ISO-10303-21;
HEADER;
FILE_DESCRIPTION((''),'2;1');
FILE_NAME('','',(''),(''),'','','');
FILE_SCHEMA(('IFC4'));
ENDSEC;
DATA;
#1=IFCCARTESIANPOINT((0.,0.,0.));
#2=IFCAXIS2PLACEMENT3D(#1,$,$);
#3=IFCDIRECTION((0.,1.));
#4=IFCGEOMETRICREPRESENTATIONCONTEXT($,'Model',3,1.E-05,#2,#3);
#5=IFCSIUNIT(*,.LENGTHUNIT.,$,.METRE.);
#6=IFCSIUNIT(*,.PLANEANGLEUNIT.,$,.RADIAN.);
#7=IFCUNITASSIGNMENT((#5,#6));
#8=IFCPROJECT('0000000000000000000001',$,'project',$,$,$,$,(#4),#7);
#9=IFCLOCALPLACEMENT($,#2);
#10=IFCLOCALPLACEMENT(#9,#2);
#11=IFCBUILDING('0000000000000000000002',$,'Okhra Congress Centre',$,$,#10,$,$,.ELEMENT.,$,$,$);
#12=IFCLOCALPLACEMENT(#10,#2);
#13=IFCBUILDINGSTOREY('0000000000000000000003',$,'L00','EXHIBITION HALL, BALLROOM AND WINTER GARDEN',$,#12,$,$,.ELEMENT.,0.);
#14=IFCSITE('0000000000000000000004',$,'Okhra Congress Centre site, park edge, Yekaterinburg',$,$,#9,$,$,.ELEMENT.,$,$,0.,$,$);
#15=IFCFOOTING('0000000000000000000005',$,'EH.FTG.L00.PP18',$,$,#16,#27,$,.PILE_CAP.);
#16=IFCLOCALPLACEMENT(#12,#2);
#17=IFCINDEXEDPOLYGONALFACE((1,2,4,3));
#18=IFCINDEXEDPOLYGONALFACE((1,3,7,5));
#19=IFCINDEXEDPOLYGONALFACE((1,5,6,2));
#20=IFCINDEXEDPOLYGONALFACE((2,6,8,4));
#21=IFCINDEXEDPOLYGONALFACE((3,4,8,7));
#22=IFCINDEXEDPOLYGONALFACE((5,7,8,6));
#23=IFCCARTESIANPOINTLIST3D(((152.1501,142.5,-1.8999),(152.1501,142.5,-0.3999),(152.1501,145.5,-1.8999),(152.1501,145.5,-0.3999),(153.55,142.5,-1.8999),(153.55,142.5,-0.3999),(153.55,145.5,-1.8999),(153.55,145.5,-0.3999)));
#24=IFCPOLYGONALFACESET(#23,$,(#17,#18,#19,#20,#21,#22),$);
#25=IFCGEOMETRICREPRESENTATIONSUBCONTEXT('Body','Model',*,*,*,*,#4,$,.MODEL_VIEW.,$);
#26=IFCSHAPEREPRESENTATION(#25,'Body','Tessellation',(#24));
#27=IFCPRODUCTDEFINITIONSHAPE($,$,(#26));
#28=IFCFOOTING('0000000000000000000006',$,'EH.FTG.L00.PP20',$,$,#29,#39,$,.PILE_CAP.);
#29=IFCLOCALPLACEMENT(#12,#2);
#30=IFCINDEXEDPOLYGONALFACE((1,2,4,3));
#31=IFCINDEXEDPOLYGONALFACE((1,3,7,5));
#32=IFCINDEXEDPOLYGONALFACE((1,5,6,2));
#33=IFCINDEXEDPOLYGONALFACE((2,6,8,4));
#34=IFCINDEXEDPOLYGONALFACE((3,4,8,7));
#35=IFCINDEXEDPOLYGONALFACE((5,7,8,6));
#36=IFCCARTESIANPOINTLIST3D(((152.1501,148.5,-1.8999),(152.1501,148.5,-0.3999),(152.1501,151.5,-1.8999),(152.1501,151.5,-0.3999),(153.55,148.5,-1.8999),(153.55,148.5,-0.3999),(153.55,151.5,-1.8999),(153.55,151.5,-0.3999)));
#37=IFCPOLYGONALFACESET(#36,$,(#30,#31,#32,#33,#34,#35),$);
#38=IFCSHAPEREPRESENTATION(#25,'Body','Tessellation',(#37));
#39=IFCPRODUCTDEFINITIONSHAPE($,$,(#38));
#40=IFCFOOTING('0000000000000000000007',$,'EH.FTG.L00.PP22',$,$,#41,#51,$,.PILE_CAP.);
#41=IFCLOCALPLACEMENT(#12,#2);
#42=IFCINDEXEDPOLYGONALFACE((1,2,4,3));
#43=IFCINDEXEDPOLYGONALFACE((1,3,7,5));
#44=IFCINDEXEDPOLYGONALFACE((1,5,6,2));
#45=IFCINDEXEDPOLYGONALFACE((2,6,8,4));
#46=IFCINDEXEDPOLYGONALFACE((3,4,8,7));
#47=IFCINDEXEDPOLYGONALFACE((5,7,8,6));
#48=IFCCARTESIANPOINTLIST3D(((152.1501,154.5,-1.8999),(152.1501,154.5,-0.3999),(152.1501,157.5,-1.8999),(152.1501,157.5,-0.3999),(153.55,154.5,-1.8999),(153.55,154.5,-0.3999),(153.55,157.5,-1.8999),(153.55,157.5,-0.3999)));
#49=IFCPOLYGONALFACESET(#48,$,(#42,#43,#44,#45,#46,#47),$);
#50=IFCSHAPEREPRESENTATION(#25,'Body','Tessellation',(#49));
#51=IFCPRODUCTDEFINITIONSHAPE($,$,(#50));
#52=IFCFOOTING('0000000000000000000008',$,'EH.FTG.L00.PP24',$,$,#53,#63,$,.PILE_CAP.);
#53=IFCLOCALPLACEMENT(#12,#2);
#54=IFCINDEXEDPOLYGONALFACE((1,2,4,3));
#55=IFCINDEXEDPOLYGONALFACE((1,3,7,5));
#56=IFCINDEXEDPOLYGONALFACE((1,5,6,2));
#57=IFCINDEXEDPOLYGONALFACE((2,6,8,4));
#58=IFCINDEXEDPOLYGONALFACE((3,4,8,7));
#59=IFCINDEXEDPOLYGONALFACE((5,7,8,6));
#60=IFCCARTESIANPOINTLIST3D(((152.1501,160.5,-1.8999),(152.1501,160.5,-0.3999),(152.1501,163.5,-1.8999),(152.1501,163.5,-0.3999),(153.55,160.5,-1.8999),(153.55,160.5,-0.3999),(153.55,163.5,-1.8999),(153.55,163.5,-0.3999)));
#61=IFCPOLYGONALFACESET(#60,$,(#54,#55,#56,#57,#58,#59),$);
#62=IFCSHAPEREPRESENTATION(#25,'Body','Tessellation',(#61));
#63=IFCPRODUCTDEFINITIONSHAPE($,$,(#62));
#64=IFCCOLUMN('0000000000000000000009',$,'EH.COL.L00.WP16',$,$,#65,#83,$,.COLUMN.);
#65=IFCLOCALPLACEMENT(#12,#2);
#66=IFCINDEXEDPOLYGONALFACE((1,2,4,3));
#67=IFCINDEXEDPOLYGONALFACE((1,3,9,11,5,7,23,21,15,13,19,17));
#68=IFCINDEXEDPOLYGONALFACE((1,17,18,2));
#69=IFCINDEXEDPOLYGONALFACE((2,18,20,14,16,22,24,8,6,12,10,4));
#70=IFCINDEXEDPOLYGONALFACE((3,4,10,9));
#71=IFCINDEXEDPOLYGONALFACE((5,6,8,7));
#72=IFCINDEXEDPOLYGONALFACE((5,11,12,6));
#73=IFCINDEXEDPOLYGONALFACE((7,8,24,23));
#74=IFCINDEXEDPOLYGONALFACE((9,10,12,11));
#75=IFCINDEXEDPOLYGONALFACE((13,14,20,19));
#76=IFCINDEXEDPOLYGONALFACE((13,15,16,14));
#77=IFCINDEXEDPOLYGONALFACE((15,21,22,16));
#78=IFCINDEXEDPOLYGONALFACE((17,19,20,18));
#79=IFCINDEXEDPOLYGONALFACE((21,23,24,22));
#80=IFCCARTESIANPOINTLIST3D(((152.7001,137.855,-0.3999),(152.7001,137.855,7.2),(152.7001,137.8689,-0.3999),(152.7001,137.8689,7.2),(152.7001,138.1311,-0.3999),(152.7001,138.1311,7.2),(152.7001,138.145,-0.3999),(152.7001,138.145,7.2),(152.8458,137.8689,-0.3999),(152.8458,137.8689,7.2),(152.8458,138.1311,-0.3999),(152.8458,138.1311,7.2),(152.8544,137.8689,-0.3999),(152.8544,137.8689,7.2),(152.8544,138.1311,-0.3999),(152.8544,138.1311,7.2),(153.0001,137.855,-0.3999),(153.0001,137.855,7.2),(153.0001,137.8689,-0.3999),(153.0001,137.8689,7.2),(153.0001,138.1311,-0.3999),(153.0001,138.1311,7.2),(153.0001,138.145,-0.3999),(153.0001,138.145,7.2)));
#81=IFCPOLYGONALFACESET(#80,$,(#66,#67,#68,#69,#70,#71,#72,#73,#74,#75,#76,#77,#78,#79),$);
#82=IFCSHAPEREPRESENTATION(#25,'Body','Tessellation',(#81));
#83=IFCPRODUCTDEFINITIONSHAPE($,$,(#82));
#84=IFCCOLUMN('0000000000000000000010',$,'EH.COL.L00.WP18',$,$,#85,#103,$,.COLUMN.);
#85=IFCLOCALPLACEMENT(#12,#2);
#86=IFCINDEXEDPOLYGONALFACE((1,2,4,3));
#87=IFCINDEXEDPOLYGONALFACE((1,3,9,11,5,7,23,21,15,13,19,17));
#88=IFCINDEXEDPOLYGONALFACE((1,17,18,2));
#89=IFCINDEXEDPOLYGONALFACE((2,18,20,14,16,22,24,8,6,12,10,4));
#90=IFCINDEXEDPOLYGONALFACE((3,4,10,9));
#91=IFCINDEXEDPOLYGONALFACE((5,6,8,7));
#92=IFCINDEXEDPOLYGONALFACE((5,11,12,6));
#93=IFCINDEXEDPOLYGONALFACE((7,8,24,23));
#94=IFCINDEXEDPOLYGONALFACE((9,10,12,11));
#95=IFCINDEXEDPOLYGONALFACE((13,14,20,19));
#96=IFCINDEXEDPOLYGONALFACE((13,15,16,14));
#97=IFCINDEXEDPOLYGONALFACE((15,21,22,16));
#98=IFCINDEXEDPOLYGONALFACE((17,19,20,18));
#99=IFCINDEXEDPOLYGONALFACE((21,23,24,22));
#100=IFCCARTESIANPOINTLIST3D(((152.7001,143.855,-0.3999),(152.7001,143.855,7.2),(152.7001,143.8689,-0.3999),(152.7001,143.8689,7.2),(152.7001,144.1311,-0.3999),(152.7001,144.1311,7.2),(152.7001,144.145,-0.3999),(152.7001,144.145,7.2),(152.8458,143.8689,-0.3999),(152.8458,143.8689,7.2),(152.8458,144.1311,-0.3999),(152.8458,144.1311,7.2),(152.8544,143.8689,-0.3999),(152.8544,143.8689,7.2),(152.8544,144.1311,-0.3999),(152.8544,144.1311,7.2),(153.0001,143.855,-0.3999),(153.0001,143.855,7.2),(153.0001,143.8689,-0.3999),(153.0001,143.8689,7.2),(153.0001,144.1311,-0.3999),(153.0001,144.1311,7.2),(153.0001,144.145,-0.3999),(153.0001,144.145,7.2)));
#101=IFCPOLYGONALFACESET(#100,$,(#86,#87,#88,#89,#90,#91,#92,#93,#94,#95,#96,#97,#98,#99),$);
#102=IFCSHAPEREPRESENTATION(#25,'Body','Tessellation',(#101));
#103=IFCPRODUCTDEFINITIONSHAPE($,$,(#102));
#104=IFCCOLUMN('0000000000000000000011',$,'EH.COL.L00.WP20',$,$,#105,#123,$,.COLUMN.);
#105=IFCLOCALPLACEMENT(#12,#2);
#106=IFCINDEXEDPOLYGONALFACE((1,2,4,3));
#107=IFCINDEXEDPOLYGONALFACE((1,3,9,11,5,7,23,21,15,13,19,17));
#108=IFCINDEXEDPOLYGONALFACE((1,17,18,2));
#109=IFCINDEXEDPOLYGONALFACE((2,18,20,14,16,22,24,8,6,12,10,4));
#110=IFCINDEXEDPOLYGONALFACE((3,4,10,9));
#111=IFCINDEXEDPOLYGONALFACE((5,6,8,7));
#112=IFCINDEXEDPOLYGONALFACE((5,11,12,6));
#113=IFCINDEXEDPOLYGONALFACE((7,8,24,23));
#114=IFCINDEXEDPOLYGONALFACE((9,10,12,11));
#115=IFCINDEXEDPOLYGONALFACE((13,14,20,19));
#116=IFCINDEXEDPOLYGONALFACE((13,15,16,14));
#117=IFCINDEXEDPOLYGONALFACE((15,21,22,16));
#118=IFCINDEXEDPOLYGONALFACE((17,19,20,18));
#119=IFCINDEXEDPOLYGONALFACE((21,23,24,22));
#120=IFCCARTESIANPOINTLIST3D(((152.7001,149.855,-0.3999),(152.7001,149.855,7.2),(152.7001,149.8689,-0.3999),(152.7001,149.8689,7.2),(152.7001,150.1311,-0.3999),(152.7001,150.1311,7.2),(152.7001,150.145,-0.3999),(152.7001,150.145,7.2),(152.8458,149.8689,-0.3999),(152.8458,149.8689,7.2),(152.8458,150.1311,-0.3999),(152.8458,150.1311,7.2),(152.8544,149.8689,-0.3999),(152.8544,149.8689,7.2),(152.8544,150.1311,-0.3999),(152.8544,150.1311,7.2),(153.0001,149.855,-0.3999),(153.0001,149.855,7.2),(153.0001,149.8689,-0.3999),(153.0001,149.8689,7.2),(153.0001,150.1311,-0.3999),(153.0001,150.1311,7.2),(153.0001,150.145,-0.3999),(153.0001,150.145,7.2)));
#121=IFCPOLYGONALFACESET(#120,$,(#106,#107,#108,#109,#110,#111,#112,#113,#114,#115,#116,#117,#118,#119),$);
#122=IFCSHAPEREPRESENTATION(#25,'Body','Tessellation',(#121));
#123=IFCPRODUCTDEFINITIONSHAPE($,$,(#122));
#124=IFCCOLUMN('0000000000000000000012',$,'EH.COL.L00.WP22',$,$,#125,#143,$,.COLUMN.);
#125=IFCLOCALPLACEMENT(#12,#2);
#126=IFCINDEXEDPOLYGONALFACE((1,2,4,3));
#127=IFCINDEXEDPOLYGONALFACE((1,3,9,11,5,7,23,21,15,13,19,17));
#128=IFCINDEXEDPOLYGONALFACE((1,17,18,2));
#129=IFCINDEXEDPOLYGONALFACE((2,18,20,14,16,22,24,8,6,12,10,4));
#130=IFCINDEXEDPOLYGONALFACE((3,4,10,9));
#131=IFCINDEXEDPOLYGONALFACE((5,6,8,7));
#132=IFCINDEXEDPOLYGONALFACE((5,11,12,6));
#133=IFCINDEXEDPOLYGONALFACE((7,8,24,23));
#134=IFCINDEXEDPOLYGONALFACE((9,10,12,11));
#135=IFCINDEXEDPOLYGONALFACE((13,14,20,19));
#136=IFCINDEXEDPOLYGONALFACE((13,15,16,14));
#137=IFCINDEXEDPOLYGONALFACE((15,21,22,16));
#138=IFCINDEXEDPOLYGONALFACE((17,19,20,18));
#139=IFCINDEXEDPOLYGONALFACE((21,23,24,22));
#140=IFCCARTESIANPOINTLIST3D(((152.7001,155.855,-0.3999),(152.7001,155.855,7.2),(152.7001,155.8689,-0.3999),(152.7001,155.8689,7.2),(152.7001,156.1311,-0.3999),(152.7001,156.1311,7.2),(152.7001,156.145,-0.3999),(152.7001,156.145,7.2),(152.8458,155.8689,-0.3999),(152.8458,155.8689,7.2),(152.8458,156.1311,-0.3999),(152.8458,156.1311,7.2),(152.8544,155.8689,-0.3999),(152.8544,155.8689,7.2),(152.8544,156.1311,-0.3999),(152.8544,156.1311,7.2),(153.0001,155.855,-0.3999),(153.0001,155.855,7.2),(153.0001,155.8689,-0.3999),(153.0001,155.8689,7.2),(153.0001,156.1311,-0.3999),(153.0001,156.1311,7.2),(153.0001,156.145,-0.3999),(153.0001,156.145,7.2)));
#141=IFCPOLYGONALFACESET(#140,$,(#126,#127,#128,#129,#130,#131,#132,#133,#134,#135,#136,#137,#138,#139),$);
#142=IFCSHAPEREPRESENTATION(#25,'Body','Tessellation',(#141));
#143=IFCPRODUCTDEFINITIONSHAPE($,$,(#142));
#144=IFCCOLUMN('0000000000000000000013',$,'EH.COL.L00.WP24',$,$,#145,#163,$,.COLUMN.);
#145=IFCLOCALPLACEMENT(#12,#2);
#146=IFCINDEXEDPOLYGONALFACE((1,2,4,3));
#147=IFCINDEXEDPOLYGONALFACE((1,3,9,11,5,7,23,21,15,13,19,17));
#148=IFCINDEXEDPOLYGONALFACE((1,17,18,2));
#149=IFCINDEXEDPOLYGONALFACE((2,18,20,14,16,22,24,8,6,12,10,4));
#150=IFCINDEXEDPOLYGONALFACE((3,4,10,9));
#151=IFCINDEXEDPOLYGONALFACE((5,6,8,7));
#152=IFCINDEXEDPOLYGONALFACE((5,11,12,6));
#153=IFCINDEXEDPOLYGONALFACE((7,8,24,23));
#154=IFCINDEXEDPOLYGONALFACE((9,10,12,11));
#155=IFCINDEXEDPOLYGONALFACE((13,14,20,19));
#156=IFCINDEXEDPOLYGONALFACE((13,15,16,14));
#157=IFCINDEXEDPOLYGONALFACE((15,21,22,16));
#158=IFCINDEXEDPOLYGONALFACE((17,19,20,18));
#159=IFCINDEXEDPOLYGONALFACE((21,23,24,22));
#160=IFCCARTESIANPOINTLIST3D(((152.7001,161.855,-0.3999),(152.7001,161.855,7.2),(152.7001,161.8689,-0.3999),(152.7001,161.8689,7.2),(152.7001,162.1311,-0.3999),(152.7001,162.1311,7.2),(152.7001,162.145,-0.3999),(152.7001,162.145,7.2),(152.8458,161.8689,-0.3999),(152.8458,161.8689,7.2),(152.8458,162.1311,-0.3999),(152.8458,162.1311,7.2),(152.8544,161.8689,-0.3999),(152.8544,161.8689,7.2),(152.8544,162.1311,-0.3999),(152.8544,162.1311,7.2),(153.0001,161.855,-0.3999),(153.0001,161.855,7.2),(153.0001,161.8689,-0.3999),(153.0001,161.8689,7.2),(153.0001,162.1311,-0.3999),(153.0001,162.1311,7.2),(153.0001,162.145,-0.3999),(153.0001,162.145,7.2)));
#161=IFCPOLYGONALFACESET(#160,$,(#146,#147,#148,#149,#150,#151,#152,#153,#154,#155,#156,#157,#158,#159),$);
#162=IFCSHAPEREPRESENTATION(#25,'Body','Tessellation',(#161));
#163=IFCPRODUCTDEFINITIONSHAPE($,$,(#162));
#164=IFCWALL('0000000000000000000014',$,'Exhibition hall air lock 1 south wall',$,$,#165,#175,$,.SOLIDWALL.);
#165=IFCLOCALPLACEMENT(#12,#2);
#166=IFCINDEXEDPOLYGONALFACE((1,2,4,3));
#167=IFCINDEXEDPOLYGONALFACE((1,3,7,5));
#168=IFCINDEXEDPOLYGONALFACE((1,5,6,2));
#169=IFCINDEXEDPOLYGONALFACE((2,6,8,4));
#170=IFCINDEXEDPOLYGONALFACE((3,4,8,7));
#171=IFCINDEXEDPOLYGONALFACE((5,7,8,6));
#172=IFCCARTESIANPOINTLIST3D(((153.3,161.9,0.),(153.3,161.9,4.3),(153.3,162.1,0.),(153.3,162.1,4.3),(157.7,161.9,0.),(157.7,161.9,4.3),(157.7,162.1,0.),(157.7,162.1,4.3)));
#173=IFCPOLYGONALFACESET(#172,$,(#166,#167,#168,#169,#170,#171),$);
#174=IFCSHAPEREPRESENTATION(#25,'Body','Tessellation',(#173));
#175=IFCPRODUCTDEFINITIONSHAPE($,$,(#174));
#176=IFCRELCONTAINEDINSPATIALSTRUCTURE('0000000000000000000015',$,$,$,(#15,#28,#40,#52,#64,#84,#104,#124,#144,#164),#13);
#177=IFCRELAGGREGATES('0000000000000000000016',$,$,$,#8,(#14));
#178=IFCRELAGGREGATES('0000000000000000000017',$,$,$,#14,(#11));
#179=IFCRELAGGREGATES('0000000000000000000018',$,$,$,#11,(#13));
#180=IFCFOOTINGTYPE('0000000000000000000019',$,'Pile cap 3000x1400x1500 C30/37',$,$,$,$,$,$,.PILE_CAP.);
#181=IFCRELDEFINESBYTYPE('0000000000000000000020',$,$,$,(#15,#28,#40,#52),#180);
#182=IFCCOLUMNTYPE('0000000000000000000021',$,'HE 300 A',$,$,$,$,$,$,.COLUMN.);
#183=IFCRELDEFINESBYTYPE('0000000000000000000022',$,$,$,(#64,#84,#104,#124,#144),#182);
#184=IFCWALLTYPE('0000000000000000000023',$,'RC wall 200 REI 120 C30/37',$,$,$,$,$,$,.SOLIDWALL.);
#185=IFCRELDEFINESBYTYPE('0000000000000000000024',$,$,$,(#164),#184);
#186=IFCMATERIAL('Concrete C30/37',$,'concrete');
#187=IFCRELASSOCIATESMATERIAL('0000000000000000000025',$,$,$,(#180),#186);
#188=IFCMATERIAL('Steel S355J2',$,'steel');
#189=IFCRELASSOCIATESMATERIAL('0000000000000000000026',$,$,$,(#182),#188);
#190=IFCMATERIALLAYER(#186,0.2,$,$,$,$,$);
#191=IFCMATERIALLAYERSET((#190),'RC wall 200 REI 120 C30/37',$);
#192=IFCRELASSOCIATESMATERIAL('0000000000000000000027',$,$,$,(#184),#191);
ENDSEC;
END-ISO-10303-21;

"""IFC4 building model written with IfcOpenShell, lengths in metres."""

from ifc_helpers import new_model, si_unit, direction, frame, frame_2d, origin, origin_2d, place, context, subcontext, project, spatial, rectangle, i_section, extrude, material, layer, layer_set, material_profile, profile_set, type_object, element, save


model = new_model("IFC4")

# Units and contexts
model_context = context("Model", 3, precision=1e-05, world=origin(), true_north=direction((0.0, 1.0)))
body_context = subcontext(model_context, "Body", "Model", "MODEL_VIEW")
ifc_project = project(units=[si_unit("LENGTHUNIT", "METRE"), si_unit("PLANEANGLEUNIT", "RADIAN")], contexts=[model_context])

# Site, building, storey
site_placement = place(None, origin())
site = spatial("IfcSite", under=ifc_project, at=site_placement, Name="Okhra Congress Centre site, park edge, Yekaterinburg", CompositionType="ELEMENT", RefElevation=0.0)
building_placement = place(site_placement, origin())
building = spatial("IfcBuilding", under=site, at=building_placement, Name="Okhra Congress Centre", CompositionType="ELEMENT")
storey_placement = place(building_placement, origin())
storey = spatial("IfcBuildingStorey", under=building, at=storey_placement, Name="L00", Description="EXHIBITION HALL, BALLROOM AND WINTER GARDEN", CompositionType="ELEMENT", Elevation=0.0)

# Shared definitions
ifc_material_1 = material(Name="Concrete C30/37", Category="concrete")

# Footings
footing_type_1 = type_object("IfcFootingType", Name="Pile cap 3000x1400x1500 C30/37", PredefinedType="PILE_CAP", material=ifc_material_1)
for number, where, z_axis, x_axis, name in (
    (1, (152.8501, 144.0, -1.8999), (0.0, 0.0, 1.0), (0.0, 1.0, 0.0), "EH.FTG.L00.PP18"),
    (2, (152.8501, 150.0, -1.8999), (0.0, 0.0, 1.0), (0.0, 1.0, 0.0), "EH.FTG.L00.PP20"),
    (3, (152.8501, 156.0, -1.8999), (0.0, 0.0, 1.0), (0.0, 1.0, 0.0), "EH.FTG.L00.PP22"),
    (4, (152.8501, 162.0, -1.8999), (0.0, 0.0, 1.0), (0.0, 1.0, 0.0), "EH.FTG.L00.PP24"),
):
    element("IfcFooting", number, at=place(storey_placement, frame(where, z_axis=z_axis, x_axis=x_axis)), inside=storey, type_object=footing_type_1, Name=name, PredefinedType="PILE_CAP", context=body_context, shape_type="SweptSolid", body=[
        extrude(rectangle(XDim=3.0, YDim=1.3999, at=origin_2d()), origin(), (0.0, 0.0, 1.0), 1.5),
    ])

# Columns
ifc_material_2 = material(Name="Steel S355J2", Category="steel")
ifc_material_profile_1 = material_profile(ifc_material_2, i_section(OverallWidth=0.3, OverallDepth=0.29, WebThickness=0.0085, FlangeThickness=0.0139, at=origin_2d()), Name="HE 300 A")
ifc_profile_set_1 = profile_set([ifc_material_profile_1], Name="Steel S355J2")
column_type = type_object("IfcColumnType", Name="HE 300 A", PredefinedType="COLUMN", material=ifc_profile_set_1)
for number, where, z_axis, x_axis, name in (
    (5, (152.8501, 138.0, -0.3999), (0.0, 0.0, 1.0), (1.0, 0.0, 0.0), "EH.COL.L00.WP16"),
    (6, (152.8501, 144.0, -0.3999), (0.0, 0.0, 1.0), (1.0, 0.0, 0.0), "EH.COL.L00.WP18"),
    (7, (152.8501, 150.0, -0.3999), (0.0, 0.0, 1.0), (1.0, 0.0, 0.0), "EH.COL.L00.WP20"),
    (8, (152.8501, 156.0, -0.3999), (0.0, 0.0, 1.0), (1.0, 0.0, 0.0), "EH.COL.L00.WP22"),
    (9, (152.8501, 162.0, -0.3999), (0.0, 0.0, 1.0), (1.0, 0.0, 0.0), "EH.COL.L00.WP24"),
):
    element("IfcColumn", number, at=place(storey_placement, frame(where, z_axis=z_axis, x_axis=x_axis)), inside=storey, type_object=column_type, Name=name, PredefinedType="COLUMN", context=body_context, shape_type="SweptSolid", body=[
        extrude(i_section(OverallWidth=0.3, OverallDepth=0.29, WebThickness=0.0085, FlangeThickness=0.0139, at=origin_2d()), origin(), (0.0, 0.0, 1.0), 7.5999),
    ])

# Wall
ifc_layer = layer(ifc_material_1, 0.2)
ifc_layer_set = layer_set([ifc_layer], Name="RC wall 200 REI 120 C30/37")
wall_type = type_object("IfcWallType", Name="RC wall 200 REI 120 C30/37", PredefinedType="SOLIDWALL", material=ifc_layer_set)
wall_placement = place(storey_placement, frame((153.3, 162.0, 0.0), z_axis=(0.0, 0.0, 1.0), x_axis=(1.0, 0.0, 0.0)))
element("IfcWall", 10, at=wall_placement, inside=storey, type_object=wall_type, Name="Exhibition hall air lock 1 south wall", PredefinedType="SOLIDWALL", context=body_context, shape_type="SweptSolid", body=[
    extrude(rectangle(XDim=4.3999, YDim=0.2, at=frame_2d((2.2, 0.0))), origin(), (0.0, 0.0, 1.0), 4.3),
])

save(model, "model.ifc")
